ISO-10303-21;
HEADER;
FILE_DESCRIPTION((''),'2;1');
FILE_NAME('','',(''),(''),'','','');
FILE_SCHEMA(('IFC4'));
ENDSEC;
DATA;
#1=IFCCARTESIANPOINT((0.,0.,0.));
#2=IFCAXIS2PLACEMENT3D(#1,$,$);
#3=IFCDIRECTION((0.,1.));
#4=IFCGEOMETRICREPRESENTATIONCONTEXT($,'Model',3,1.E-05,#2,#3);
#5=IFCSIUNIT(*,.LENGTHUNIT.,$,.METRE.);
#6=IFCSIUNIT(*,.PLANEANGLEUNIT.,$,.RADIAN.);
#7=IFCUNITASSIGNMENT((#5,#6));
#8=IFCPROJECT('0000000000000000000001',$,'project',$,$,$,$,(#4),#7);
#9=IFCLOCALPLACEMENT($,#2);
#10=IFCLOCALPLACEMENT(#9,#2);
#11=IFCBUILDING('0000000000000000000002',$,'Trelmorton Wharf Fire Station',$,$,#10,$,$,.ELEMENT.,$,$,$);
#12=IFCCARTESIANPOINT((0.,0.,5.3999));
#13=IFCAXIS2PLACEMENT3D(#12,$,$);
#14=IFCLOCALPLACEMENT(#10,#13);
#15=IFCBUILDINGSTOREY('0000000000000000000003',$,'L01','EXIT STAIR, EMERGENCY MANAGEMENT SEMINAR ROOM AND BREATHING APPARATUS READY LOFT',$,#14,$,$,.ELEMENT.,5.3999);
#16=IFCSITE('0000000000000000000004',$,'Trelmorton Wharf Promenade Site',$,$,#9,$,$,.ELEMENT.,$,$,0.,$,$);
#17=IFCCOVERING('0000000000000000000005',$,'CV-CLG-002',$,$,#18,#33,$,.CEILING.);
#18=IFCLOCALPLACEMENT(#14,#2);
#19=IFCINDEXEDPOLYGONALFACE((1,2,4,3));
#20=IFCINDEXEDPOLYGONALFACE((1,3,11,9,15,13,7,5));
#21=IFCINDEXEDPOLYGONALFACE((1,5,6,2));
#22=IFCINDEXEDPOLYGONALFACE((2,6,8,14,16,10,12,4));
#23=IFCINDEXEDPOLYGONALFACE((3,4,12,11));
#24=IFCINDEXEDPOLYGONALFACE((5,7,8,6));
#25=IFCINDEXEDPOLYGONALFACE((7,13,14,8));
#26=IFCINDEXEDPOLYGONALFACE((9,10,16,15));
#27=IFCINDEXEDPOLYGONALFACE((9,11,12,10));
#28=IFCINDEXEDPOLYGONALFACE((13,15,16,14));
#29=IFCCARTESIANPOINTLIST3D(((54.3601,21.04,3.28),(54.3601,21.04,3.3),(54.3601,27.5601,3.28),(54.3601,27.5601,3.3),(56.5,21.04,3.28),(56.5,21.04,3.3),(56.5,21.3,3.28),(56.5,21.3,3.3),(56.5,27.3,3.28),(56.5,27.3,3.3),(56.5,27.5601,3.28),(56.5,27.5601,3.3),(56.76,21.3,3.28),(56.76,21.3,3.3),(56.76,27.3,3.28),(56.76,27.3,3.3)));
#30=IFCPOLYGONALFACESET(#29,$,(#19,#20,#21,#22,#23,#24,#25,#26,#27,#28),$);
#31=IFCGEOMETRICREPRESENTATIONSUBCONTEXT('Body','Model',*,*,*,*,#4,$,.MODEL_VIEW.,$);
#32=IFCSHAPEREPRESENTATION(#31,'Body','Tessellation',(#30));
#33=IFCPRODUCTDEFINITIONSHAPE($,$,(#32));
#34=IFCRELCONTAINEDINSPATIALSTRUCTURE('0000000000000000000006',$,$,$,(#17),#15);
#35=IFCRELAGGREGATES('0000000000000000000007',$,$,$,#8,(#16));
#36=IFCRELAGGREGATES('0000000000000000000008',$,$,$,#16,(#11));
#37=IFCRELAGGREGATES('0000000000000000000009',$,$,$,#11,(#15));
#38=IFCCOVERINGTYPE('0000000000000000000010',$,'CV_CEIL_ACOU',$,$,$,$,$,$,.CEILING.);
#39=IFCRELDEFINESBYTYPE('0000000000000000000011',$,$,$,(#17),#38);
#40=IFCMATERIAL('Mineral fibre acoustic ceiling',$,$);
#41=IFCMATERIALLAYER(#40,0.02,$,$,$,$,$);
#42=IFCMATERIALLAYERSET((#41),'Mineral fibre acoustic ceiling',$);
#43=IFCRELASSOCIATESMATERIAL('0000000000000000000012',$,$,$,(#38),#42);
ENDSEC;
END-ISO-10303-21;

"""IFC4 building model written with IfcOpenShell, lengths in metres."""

from ifc_helpers import new_model, si_unit, direction, frame, origin, place, context, subcontext, project, spatial, polyline, outline, extrude, material, layer, layer_set, type_object, element, save


model = new_model("IFC4")

# Units and contexts
model_context = context("Model", 3, precision=1e-05, world=origin(), true_north=direction((0.0, 1.0)))
body_context = subcontext(model_context, "Body", "Model", "MODEL_VIEW")
ifc_project = project(units=[si_unit("LENGTHUNIT", "METRE"), si_unit("PLANEANGLEUNIT", "RADIAN")], contexts=[model_context])

# Site, building, storey
site_placement = place(None, origin())
site = spatial("IfcSite", under=ifc_project, at=site_placement, Name="Trelmorton Wharf Promenade Site", CompositionType="ELEMENT", RefElevation=0.0)
building_placement = place(site_placement, origin())
building = spatial("IfcBuilding", under=site, at=building_placement, Name="Trelmorton Wharf Fire Station", CompositionType="ELEMENT")
storey_placement = place(building_placement, frame((0.0, 0.0, 5.3999)))
storey = spatial("IfcBuildingStorey", under=building, at=storey_placement, Name="L01", Description="EXIT STAIR, EMERGENCY MANAGEMENT SEMINAR ROOM AND BREATHING APPARATUS READY LOFT", CompositionType="ELEMENT", Elevation=5.3999)

# Covering
ifc_material_1 = material(Name="Mineral fibre acoustic ceiling")
ifc_layer_1 = layer(ifc_material_1, 0.02)
ifc_layer_set_1 = layer_set([ifc_layer_1], Name="Mineral fibre acoustic ceiling")
covering_type = type_object("IfcCoveringType", Name="CV_CEIL_ACOU", PredefinedType="CEILING", material=ifc_layer_set_1)
covering_placement = place(storey_placement, frame((0.0, 0.0, 3.28)))
element("IfcCovering", 1, at=covering_placement, inside=storey, type_object=covering_type, Name="CV-CLG-002", PredefinedType="CEILING", context=body_context, shape_type="SweptSolid", body=[
    extrude(outline(polyline([(54.3601, 27.5601), (56.5, 27.5601), (56.5, 27.3), (56.76, 27.3), (56.76, 21.3), (56.5, 21.3), (56.5, 21.04), (54.3601, 21.04), (54.3601, 27.5601)])), origin(), (0.0, 0.0, 1.0), 0.02),
])

save(model, "model.ifc")
